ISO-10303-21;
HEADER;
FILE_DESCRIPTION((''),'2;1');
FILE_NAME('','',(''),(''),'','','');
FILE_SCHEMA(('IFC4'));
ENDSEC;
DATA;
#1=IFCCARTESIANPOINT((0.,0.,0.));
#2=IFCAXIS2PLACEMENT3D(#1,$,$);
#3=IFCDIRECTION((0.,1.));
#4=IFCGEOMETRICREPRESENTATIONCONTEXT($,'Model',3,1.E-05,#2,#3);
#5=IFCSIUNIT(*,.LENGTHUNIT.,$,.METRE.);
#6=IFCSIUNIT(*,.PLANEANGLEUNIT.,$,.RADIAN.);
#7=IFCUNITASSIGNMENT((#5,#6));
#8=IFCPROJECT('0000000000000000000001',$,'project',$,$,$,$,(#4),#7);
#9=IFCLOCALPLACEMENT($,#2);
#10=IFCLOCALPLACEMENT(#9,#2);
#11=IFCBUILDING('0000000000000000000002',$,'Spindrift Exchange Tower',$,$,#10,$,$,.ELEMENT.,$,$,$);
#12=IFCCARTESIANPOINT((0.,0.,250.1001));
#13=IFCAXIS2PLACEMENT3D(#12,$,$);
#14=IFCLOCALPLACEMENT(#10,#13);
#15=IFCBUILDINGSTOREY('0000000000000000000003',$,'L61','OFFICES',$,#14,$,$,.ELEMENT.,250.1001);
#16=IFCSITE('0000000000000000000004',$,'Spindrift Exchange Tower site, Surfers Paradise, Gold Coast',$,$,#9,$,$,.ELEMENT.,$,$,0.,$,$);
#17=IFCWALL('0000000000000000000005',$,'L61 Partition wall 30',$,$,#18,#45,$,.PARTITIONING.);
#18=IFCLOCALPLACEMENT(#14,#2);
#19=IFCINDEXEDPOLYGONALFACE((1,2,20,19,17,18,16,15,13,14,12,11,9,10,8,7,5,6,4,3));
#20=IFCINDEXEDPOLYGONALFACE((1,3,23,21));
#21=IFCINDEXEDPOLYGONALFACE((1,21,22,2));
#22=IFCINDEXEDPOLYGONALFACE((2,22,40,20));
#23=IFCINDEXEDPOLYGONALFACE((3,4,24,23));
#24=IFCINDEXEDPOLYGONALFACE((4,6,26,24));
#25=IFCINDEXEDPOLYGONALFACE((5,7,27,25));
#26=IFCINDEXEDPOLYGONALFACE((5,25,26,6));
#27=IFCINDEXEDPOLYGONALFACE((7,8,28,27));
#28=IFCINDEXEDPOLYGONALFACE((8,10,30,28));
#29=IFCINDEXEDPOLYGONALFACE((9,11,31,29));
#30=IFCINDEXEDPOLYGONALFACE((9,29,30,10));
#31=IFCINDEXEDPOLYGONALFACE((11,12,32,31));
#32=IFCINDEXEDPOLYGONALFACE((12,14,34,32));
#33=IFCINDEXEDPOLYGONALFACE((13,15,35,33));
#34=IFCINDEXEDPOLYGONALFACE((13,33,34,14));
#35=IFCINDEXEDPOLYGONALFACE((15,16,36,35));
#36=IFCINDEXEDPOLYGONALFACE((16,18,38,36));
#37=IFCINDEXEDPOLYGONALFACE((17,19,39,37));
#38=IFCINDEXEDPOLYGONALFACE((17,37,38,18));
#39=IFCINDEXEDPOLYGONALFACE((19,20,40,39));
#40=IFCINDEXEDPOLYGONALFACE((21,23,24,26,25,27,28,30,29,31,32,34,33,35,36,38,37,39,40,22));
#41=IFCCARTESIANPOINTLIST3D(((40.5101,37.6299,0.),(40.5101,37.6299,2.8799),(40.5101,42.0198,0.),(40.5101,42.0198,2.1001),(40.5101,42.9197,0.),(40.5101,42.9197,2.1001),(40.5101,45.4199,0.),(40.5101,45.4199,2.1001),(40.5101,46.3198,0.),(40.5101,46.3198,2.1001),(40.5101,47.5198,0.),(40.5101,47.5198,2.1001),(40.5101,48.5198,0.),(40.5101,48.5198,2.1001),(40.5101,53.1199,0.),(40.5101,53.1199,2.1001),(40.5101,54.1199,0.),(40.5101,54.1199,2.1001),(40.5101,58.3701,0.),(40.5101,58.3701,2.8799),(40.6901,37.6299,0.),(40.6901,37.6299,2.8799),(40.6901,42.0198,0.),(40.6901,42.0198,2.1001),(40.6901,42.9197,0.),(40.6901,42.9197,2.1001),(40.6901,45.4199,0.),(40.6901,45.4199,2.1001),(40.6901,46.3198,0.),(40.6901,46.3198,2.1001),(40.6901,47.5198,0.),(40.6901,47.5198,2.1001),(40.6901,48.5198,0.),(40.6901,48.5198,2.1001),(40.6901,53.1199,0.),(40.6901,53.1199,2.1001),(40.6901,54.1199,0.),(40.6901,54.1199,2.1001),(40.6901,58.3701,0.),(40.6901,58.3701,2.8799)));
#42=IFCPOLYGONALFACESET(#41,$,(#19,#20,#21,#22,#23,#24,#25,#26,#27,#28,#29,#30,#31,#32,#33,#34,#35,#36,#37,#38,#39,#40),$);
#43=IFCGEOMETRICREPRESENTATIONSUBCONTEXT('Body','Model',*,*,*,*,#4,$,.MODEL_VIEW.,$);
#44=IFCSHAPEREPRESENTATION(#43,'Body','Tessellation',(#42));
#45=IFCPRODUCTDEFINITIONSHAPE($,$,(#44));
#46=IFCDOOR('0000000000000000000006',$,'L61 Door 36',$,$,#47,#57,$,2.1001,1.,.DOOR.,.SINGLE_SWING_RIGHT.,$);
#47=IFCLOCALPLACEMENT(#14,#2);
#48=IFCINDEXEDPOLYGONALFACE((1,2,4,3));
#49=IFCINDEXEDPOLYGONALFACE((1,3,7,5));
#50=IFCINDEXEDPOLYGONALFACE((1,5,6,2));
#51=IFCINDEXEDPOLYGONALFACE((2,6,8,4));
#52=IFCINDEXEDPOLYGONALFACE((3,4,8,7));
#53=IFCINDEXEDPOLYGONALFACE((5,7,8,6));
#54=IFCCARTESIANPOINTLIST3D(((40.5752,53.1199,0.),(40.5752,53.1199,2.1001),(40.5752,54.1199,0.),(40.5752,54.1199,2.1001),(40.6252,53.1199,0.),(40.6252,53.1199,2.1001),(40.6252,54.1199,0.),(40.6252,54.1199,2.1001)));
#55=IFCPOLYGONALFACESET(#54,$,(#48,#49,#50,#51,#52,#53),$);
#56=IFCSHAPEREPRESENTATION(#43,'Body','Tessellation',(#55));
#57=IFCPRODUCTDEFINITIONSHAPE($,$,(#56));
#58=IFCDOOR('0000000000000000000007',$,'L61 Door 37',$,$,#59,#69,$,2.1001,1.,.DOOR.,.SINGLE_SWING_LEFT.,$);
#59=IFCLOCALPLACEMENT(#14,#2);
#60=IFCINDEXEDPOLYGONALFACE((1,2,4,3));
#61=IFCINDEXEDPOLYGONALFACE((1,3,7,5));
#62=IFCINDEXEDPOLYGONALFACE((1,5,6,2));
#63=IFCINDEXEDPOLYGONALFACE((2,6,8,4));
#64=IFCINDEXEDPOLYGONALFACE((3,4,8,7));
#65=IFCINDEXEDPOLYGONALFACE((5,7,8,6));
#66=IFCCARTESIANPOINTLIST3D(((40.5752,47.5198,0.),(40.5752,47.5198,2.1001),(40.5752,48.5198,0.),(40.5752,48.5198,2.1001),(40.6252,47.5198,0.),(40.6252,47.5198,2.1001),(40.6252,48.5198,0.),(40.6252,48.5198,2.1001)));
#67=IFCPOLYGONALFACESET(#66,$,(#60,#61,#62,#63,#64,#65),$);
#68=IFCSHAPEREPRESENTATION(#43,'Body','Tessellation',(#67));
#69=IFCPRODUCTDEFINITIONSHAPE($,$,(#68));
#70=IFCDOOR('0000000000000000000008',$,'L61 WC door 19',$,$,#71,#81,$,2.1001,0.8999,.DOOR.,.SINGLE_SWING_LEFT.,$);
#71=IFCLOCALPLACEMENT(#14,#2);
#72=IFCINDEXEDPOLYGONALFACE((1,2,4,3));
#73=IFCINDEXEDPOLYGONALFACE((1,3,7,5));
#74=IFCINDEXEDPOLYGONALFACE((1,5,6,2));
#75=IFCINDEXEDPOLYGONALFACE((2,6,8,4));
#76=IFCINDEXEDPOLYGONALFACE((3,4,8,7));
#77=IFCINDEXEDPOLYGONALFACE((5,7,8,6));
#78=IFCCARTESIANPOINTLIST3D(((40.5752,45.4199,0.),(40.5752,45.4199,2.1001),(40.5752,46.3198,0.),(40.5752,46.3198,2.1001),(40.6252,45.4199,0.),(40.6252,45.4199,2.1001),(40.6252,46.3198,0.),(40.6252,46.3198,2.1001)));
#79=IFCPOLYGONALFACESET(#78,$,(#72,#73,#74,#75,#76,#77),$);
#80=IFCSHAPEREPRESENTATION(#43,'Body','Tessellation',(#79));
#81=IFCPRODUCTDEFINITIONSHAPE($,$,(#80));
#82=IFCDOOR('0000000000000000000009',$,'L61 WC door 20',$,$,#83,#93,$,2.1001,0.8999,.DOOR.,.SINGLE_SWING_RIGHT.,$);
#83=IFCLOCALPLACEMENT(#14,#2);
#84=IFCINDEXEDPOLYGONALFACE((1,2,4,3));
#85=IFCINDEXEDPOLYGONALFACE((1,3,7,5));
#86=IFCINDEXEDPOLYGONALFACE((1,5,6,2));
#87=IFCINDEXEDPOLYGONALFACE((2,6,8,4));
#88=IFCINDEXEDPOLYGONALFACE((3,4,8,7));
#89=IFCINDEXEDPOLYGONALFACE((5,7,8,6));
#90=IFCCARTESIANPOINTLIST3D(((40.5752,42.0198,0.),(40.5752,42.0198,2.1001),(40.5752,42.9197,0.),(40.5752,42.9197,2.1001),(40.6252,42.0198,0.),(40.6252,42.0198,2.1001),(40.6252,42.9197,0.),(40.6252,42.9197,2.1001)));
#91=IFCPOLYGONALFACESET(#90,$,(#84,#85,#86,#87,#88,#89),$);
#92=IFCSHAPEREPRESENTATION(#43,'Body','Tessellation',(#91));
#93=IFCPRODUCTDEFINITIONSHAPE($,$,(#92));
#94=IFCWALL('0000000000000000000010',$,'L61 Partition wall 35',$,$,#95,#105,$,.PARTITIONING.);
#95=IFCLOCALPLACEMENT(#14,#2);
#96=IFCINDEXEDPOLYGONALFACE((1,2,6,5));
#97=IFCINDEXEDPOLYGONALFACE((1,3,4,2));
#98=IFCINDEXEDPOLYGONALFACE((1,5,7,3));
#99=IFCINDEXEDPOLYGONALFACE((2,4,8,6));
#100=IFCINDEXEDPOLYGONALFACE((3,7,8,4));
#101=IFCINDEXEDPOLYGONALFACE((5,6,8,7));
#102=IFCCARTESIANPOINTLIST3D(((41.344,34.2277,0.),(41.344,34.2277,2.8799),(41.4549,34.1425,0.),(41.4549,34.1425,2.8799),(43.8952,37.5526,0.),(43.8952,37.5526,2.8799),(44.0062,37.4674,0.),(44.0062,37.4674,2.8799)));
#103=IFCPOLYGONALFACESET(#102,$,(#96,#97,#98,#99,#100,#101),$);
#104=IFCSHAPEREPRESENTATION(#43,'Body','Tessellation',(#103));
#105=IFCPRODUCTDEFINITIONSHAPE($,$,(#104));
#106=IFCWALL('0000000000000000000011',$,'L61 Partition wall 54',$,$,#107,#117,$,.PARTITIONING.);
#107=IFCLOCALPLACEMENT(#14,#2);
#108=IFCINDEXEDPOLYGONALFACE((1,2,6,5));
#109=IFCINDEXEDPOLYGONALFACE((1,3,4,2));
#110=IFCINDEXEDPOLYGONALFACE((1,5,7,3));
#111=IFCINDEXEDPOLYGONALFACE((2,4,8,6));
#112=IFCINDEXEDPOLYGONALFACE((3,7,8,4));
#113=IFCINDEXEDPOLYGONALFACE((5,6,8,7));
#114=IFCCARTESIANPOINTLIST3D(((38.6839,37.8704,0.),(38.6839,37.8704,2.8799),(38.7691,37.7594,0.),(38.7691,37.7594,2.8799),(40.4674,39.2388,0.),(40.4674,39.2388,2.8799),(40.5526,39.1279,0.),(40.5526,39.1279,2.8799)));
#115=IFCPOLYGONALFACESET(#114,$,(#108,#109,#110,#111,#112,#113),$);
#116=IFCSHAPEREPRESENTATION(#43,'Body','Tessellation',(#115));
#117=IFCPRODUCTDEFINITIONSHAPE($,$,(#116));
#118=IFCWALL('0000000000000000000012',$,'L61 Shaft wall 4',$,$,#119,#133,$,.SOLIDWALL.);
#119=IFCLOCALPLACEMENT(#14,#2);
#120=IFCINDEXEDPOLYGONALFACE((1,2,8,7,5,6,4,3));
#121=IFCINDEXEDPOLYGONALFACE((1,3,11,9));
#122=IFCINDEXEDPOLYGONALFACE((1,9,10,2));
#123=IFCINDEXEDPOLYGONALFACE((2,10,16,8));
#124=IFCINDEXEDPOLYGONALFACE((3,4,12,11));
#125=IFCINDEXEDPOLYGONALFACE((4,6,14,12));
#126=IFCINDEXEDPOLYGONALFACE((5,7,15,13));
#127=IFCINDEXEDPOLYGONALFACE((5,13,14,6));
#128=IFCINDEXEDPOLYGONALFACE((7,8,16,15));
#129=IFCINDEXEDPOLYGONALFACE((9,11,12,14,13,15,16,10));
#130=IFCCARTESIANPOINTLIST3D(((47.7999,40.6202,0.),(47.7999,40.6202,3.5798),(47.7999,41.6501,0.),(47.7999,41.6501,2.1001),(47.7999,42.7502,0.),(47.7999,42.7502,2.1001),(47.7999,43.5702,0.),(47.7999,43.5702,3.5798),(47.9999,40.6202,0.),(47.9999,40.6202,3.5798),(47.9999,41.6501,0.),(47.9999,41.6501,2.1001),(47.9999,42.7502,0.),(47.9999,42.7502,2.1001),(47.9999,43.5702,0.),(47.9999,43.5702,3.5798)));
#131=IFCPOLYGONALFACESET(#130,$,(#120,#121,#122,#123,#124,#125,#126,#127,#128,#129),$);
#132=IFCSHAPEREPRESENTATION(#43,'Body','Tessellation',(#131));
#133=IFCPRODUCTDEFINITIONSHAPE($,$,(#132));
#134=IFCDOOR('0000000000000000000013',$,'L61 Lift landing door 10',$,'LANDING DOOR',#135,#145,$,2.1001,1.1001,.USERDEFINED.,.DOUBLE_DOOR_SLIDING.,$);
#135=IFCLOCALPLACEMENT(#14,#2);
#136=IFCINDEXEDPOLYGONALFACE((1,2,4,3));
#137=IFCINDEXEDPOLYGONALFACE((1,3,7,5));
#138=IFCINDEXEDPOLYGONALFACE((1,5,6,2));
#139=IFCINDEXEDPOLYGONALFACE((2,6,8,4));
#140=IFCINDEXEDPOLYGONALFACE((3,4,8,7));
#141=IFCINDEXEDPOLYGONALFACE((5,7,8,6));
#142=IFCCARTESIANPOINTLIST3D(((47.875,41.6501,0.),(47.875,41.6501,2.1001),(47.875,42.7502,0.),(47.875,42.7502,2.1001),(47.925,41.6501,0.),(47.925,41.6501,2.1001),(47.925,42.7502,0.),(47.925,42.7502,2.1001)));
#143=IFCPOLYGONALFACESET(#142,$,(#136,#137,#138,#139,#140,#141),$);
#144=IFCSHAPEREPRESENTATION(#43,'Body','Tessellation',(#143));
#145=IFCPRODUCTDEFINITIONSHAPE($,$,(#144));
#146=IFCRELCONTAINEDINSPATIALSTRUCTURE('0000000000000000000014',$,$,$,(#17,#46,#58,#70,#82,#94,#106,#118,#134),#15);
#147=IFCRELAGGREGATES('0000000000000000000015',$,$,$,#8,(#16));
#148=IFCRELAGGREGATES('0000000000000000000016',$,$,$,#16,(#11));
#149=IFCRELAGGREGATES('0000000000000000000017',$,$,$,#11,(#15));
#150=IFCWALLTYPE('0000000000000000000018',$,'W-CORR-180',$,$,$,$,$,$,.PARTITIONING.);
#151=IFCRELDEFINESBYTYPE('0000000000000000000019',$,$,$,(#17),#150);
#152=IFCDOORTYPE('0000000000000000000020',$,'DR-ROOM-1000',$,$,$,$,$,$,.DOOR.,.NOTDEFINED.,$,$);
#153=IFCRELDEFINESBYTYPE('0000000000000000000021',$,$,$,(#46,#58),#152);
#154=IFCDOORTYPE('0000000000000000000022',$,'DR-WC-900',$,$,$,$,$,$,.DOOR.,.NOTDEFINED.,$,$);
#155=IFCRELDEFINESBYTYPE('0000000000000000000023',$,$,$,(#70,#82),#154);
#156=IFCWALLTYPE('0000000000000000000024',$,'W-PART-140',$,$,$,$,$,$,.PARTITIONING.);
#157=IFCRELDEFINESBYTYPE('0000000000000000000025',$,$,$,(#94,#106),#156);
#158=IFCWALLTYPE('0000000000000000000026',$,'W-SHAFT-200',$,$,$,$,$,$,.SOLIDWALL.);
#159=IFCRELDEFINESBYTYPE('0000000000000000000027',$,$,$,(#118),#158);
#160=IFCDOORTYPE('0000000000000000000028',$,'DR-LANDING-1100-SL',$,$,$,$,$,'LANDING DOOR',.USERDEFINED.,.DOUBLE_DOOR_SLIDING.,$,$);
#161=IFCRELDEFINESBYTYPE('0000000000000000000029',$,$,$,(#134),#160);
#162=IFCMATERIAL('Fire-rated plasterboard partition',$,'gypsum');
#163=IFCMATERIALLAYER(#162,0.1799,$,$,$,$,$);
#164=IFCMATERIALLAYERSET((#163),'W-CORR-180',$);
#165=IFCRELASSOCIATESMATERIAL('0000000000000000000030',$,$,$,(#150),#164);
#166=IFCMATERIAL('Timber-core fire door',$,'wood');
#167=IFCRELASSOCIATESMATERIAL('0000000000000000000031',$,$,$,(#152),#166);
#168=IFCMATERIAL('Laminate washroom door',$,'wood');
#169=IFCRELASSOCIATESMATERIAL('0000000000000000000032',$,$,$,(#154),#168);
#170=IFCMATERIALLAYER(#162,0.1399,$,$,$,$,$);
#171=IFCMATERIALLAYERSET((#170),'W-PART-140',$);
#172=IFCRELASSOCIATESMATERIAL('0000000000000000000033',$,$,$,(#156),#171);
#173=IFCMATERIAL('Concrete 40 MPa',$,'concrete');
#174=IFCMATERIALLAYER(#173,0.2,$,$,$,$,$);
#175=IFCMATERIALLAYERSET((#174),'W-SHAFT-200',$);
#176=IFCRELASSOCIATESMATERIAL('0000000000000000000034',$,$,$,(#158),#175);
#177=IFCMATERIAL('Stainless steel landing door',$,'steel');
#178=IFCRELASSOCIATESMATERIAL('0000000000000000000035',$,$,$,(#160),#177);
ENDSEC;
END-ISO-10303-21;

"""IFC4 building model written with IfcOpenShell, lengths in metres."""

from ifc_helpers import new_model, si_unit, direction, frame, frame_2d, origin, place, context, subcontext, project, spatial, rectangle, extrude, source, transform, mapped, material, layer, layer_set, type_object, element, fill, save


model = new_model("IFC4")

# Units and contexts
model_context = context("Model", 3, precision=1e-05, world=origin(), true_north=direction((0.0, 1.0)))
body_context = subcontext(model_context, "Body", "Model", "MODEL_VIEW")
ifc_project = project(units=[si_unit("LENGTHUNIT", "METRE"), si_unit("PLANEANGLEUNIT", "RADIAN")], contexts=[model_context])

# Site, building, storey
site_placement = place(None, origin())
site = spatial("IfcSite", under=ifc_project, at=site_placement, Name="Spindrift Exchange Tower site, Surfers Paradise, Gold Coast", CompositionType="ELEMENT", RefElevation=0.0)
building_placement = place(site_placement, origin())
building = spatial("IfcBuilding", under=site, at=building_placement, Name="Spindrift Exchange Tower", CompositionType="ELEMENT")
storey_placement = place(building_placement, frame((0.0, 0.0, 250.1001)))
storey = spatial("IfcBuildingStorey", under=building, at=storey_placement, Name="L61", Description="OFFICES", CompositionType="ELEMENT", Elevation=250.1001)

# Shared definitions
ifc_material_1 = material(Name="Concrete 40 MPa", Category="concrete")

# Wall, openings, doors
ifc_material_2 = material(Name="Timber-core fire door", Category="wood")
ifc_material_3 = material(Name="Fire-rated plasterboard partition", Category="gypsum")
ifc_layer_1 = layer(ifc_material_3, 0.1799)
ifc_layer_set_1 = layer_set([ifc_layer_1], Name="W-CORR-180")
wall_type_1 = type_object("IfcWallType", Name="W-CORR-180", PredefinedType="PARTITIONING", material=ifc_layer_set_1)
wall_1_placement = place(storey_placement, frame((40.6001, 37.6299, 0.0), z_axis=(0.0, 0.0, 1.0), x_axis=(0.0, 1.0, 0.0)))
wall_1 = element("IfcWall", 1, at=wall_1_placement, inside=storey, type_object=wall_type_1, Name="L61 Partition wall 30", PredefinedType="PARTITIONING", context=body_context, shape_type="SweptSolid", body=[
    extrude(rectangle(XDim=20.7402, YDim=0.1799, at=frame_2d((10.3701, 0.0))), origin(), (0.0, 0.0, 1.0), 2.8799),
])
opening_1_placement = place(wall_1_placement, frame((7.79, 0.0, 0.0)))
opening_1 = element("IfcOpeningElement", 2, at=opening_1_placement, cuts=wall_1, PredefinedType="OPENING", context=body_context, shape_type="SweptSolid", body=[
    extrude(rectangle(XDim=0.8999, YDim=2.1001, at=frame_2d((0.45, 1.05))), frame((0.0, 0.0999, 0.0), z_axis=(0.0, -1.0, 0.0), x_axis=(1.0, 0.0, 0.0)), (0.0, 0.0, 1.0), 0.2),
])
opening_2_placement = place(wall_1_placement, frame((4.3899, 0.0, 0.0)))
opening_2 = element("IfcOpeningElement", 3, at=opening_2_placement, cuts=wall_1, PredefinedType="OPENING", context=body_context, shape_type="SweptSolid", body=[
    extrude(rectangle(XDim=0.8999, YDim=2.1001, at=frame_2d((0.45, 1.05))), frame((0.0, 0.0999, 0.0), z_axis=(0.0, -1.0, 0.0), x_axis=(1.0, 0.0, 0.0)), (0.0, 0.0, 1.0), 0.2),
])
opening_3_placement = place(wall_1_placement, frame((15.49, 0.0, 0.0)))
opening_3 = element("IfcOpeningElement", 4, at=opening_3_placement, cuts=wall_1, PredefinedType="OPENING", context=body_context, shape_type="SweptSolid", body=[
    extrude(rectangle(XDim=1.0, YDim=2.1001, at=frame_2d((0.5, 1.05))), frame((0.0, 0.0999, 0.0), z_axis=(0.0, -1.0, 0.0), x_axis=(1.0, 0.0, 0.0)), (0.0, 0.0, 1.0), 0.2),
])
opening_4_placement = place(wall_1_placement, frame((9.8899, 0.0, 0.0)))
opening_4 = element("IfcOpeningElement", 5, at=opening_4_placement, cuts=wall_1, PredefinedType="OPENING", context=body_context, shape_type="SweptSolid", body=[
    extrude(rectangle(XDim=1.0, YDim=2.1001, at=frame_2d((0.5, 1.05))), frame((0.0, 0.0999, 0.0), z_axis=(0.0, -1.0, 0.0), x_axis=(1.0, 0.0, 0.0)), (0.0, 0.0, 1.0), 0.2),
])
door_type_1 = type_object("IfcDoorType", Name="DR-ROOM-1000", OperationType="NOTDEFINED", PredefinedType="DOOR", material=ifc_material_2)
shared_shape_1 = source(origin(), body_context, "Body", "SweptSolid", [
    extrude(rectangle(XDim=1.0, YDim=2.1001, at=frame_2d((0.5, 1.05))), frame((0.0, 0.0249, 0.0), z_axis=(0.0, -1.0, 0.0), x_axis=(1.0, 0.0, 0.0)), (0.0, 0.0, 1.0), 0.05),
])
door_1_placement = place(opening_3_placement, origin())
door_1 = element("IfcDoor", 6, at=door_1_placement, inside=storey, type_object=door_type_1, Name="L61 Door 36", OperationType="SINGLE_SWING_RIGHT", OverallHeight=2.1001, OverallWidth=1.0, PredefinedType="DOOR", context=body_context, shape_type="MappedRepresentation", body=[
    mapped(shared_shape_1, transform((0.0, 0.0, 0.0), scale=1.0)),
])
fill(opening_3, door_1)
door_2_placement = place(opening_4_placement, origin())
door_2 = element("IfcDoor", 7, at=door_2_placement, inside=storey, type_object=door_type_1, Name="L61 Door 37", OperationType="SINGLE_SWING_LEFT", OverallHeight=2.1001, OverallWidth=1.0, PredefinedType="DOOR", context=body_context, shape_type="MappedRepresentation", body=[
    mapped(shared_shape_1, transform((0.0, 0.0, 0.0), scale=1.0)),
])
fill(opening_4, door_2)
ifc_material_4 = material(Name="Laminate washroom door", Category="wood")
door_type_2 = type_object("IfcDoorType", Name="DR-WC-900", OperationType="NOTDEFINED", PredefinedType="DOOR", material=ifc_material_4)
shared_shape_2 = source(origin(), body_context, "Body", "SweptSolid", [
    extrude(rectangle(XDim=0.8999, YDim=2.1001, at=frame_2d((0.45, 1.05))), frame((0.0, 0.0249, 0.0), z_axis=(0.0, -1.0, 0.0), x_axis=(1.0, 0.0, 0.0)), (0.0, 0.0, 1.0), 0.05),
])
door_3_placement = place(opening_1_placement, origin())
door_3 = element("IfcDoor", 8, at=door_3_placement, inside=storey, type_object=door_type_2, Name="L61 WC door 19", OperationType="SINGLE_SWING_LEFT", OverallHeight=2.1001, OverallWidth=0.8999, PredefinedType="DOOR", context=body_context, shape_type="MappedRepresentation", body=[
    mapped(shared_shape_2, transform((0.0, 0.0, 0.0), scale=1.0)),
])
fill(opening_1, door_3)
door_4_placement = place(opening_2_placement, origin())
door_4 = element("IfcDoor", 9, at=door_4_placement, inside=storey, type_object=door_type_2, Name="L61 WC door 20", OperationType="SINGLE_SWING_RIGHT", OverallHeight=2.1001, OverallWidth=0.8999, PredefinedType="DOOR", context=body_context, shape_type="MappedRepresentation", body=[
    mapped(shared_shape_2, transform((0.0, 0.0, 0.0), scale=1.0)),
])
fill(opening_2, door_4)

# Walls
ifc_layer_2 = layer(ifc_material_3, 0.1399)
ifc_layer_set_2 = layer_set([ifc_layer_2], Name="W-PART-140")
wall_type_2 = type_object("IfcWallType", Name="W-PART-140", PredefinedType="PARTITIONING", material=ifc_layer_set_2)
wall_2_placement = place(storey_placement, frame((43.9507, 37.51, 0.0), z_axis=(0.0, 0.0, 1.0), x_axis=(-0.608753, -0.79336, 0.0)))
element("IfcWall", 10, at=wall_2_placement, inside=storey, type_object=wall_type_2, Name="L61 Partition wall 35", PredefinedType="PARTITIONING", context=body_context, shape_type="SweptSolid", body=[
    extrude(rectangle(XDim=4.1909, YDim=0.1399, at=frame_2d((2.0955, 0.0))), origin(), (0.0, 0.0, 1.0), 2.8799),
])
wall_3_placement = place(storey_placement, frame((40.51, 39.1833, 0.0), z_axis=(0.0, 0.0, 1.0), x_axis=(-0.79337, -0.608739, 0.0)))
element("IfcWall", 11, at=wall_3_placement, inside=storey, type_object=wall_type_2, Name="L61 Partition wall 54", PredefinedType="PARTITIONING", context=body_context, shape_type="SweptSolid", body=[
    extrude(rectangle(XDim=2.248, YDim=0.1399, at=frame_2d((1.124, 0.0))), origin(), (0.0, 0.0, 1.0), 2.8799),
])

# Wall, opening, door
ifc_layer_3 = layer(ifc_material_1, 0.2)
ifc_layer_set_3 = layer_set([ifc_layer_3], Name="W-SHAFT-200")
wall_type_3 = type_object("IfcWallType", Name="W-SHAFT-200", PredefinedType="SOLIDWALL", material=ifc_layer_set_3)
wall_4_placement = place(storey_placement, frame((47.8999, 40.6201, 0.0), z_axis=(0.0, 0.0, 1.0), x_axis=(0.0, 1.0, 0.0)))
wall_4 = element("IfcWall", 12, at=wall_4_placement, inside=storey, type_object=wall_type_3, Name="L61 Shaft wall 4", PredefinedType="SOLIDWALL", context=body_context, shape_type="SweptSolid", body=[
    extrude(rectangle(XDim=2.95, YDim=0.2, at=frame_2d((1.4751, 0.0))), origin(), (0.0, 0.0, 1.0), 3.5798),
])
opening_5_placement = place(wall_4_placement, frame((1.03, 0.0, 0.0)))
opening_5 = element("IfcOpeningElement", 13, at=opening_5_placement, cuts=wall_4, PredefinedType="OPENING", context=body_context, shape_type="SweptSolid", body=[
    extrude(rectangle(XDim=1.1001, YDim=2.1001, at=frame_2d((0.55, 1.05))), frame((0.0, 0.1099, 0.0), z_axis=(0.0, -1.0, 0.0), x_axis=(1.0, 0.0, 0.0)), (0.0, 0.0, 1.0), 0.22),
])
ifc_material_5 = material(Name="Stainless steel landing door", Category="steel")
door_type_3 = type_object("IfcDoorType", Name="DR-LANDING-1100-SL", ElementType="LANDING DOOR", OperationType="DOUBLE_DOOR_SLIDING", PredefinedType="USERDEFINED", material=ifc_material_5)
shared_shape_3 = source(origin(), body_context, "Body", "SweptSolid", [
    extrude(rectangle(XDim=1.1001, YDim=2.1001, at=frame_2d((0.55, 1.05))), frame((0.0, 0.0249, 0.0), z_axis=(0.0, -1.0, 0.0), x_axis=(1.0, 0.0, 0.0)), (0.0, 0.0, 1.0), 0.05),
])
door_5_placement = place(opening_5_placement, origin())
door_5 = element("IfcDoor", 14, at=door_5_placement, inside=storey, type_object=door_type_3, Name="L61 Lift landing door 10", ObjectType="LANDING DOOR", OperationType="DOUBLE_DOOR_SLIDING", OverallHeight=2.1001, OverallWidth=1.1001, PredefinedType="USERDEFINED", context=body_context, shape_type="MappedRepresentation", body=[
    mapped(shared_shape_3, transform((0.0, 0.0, 0.0), scale=1.0)),
])
fill(opening_5, door_5)

save(model, "model.ifc")
